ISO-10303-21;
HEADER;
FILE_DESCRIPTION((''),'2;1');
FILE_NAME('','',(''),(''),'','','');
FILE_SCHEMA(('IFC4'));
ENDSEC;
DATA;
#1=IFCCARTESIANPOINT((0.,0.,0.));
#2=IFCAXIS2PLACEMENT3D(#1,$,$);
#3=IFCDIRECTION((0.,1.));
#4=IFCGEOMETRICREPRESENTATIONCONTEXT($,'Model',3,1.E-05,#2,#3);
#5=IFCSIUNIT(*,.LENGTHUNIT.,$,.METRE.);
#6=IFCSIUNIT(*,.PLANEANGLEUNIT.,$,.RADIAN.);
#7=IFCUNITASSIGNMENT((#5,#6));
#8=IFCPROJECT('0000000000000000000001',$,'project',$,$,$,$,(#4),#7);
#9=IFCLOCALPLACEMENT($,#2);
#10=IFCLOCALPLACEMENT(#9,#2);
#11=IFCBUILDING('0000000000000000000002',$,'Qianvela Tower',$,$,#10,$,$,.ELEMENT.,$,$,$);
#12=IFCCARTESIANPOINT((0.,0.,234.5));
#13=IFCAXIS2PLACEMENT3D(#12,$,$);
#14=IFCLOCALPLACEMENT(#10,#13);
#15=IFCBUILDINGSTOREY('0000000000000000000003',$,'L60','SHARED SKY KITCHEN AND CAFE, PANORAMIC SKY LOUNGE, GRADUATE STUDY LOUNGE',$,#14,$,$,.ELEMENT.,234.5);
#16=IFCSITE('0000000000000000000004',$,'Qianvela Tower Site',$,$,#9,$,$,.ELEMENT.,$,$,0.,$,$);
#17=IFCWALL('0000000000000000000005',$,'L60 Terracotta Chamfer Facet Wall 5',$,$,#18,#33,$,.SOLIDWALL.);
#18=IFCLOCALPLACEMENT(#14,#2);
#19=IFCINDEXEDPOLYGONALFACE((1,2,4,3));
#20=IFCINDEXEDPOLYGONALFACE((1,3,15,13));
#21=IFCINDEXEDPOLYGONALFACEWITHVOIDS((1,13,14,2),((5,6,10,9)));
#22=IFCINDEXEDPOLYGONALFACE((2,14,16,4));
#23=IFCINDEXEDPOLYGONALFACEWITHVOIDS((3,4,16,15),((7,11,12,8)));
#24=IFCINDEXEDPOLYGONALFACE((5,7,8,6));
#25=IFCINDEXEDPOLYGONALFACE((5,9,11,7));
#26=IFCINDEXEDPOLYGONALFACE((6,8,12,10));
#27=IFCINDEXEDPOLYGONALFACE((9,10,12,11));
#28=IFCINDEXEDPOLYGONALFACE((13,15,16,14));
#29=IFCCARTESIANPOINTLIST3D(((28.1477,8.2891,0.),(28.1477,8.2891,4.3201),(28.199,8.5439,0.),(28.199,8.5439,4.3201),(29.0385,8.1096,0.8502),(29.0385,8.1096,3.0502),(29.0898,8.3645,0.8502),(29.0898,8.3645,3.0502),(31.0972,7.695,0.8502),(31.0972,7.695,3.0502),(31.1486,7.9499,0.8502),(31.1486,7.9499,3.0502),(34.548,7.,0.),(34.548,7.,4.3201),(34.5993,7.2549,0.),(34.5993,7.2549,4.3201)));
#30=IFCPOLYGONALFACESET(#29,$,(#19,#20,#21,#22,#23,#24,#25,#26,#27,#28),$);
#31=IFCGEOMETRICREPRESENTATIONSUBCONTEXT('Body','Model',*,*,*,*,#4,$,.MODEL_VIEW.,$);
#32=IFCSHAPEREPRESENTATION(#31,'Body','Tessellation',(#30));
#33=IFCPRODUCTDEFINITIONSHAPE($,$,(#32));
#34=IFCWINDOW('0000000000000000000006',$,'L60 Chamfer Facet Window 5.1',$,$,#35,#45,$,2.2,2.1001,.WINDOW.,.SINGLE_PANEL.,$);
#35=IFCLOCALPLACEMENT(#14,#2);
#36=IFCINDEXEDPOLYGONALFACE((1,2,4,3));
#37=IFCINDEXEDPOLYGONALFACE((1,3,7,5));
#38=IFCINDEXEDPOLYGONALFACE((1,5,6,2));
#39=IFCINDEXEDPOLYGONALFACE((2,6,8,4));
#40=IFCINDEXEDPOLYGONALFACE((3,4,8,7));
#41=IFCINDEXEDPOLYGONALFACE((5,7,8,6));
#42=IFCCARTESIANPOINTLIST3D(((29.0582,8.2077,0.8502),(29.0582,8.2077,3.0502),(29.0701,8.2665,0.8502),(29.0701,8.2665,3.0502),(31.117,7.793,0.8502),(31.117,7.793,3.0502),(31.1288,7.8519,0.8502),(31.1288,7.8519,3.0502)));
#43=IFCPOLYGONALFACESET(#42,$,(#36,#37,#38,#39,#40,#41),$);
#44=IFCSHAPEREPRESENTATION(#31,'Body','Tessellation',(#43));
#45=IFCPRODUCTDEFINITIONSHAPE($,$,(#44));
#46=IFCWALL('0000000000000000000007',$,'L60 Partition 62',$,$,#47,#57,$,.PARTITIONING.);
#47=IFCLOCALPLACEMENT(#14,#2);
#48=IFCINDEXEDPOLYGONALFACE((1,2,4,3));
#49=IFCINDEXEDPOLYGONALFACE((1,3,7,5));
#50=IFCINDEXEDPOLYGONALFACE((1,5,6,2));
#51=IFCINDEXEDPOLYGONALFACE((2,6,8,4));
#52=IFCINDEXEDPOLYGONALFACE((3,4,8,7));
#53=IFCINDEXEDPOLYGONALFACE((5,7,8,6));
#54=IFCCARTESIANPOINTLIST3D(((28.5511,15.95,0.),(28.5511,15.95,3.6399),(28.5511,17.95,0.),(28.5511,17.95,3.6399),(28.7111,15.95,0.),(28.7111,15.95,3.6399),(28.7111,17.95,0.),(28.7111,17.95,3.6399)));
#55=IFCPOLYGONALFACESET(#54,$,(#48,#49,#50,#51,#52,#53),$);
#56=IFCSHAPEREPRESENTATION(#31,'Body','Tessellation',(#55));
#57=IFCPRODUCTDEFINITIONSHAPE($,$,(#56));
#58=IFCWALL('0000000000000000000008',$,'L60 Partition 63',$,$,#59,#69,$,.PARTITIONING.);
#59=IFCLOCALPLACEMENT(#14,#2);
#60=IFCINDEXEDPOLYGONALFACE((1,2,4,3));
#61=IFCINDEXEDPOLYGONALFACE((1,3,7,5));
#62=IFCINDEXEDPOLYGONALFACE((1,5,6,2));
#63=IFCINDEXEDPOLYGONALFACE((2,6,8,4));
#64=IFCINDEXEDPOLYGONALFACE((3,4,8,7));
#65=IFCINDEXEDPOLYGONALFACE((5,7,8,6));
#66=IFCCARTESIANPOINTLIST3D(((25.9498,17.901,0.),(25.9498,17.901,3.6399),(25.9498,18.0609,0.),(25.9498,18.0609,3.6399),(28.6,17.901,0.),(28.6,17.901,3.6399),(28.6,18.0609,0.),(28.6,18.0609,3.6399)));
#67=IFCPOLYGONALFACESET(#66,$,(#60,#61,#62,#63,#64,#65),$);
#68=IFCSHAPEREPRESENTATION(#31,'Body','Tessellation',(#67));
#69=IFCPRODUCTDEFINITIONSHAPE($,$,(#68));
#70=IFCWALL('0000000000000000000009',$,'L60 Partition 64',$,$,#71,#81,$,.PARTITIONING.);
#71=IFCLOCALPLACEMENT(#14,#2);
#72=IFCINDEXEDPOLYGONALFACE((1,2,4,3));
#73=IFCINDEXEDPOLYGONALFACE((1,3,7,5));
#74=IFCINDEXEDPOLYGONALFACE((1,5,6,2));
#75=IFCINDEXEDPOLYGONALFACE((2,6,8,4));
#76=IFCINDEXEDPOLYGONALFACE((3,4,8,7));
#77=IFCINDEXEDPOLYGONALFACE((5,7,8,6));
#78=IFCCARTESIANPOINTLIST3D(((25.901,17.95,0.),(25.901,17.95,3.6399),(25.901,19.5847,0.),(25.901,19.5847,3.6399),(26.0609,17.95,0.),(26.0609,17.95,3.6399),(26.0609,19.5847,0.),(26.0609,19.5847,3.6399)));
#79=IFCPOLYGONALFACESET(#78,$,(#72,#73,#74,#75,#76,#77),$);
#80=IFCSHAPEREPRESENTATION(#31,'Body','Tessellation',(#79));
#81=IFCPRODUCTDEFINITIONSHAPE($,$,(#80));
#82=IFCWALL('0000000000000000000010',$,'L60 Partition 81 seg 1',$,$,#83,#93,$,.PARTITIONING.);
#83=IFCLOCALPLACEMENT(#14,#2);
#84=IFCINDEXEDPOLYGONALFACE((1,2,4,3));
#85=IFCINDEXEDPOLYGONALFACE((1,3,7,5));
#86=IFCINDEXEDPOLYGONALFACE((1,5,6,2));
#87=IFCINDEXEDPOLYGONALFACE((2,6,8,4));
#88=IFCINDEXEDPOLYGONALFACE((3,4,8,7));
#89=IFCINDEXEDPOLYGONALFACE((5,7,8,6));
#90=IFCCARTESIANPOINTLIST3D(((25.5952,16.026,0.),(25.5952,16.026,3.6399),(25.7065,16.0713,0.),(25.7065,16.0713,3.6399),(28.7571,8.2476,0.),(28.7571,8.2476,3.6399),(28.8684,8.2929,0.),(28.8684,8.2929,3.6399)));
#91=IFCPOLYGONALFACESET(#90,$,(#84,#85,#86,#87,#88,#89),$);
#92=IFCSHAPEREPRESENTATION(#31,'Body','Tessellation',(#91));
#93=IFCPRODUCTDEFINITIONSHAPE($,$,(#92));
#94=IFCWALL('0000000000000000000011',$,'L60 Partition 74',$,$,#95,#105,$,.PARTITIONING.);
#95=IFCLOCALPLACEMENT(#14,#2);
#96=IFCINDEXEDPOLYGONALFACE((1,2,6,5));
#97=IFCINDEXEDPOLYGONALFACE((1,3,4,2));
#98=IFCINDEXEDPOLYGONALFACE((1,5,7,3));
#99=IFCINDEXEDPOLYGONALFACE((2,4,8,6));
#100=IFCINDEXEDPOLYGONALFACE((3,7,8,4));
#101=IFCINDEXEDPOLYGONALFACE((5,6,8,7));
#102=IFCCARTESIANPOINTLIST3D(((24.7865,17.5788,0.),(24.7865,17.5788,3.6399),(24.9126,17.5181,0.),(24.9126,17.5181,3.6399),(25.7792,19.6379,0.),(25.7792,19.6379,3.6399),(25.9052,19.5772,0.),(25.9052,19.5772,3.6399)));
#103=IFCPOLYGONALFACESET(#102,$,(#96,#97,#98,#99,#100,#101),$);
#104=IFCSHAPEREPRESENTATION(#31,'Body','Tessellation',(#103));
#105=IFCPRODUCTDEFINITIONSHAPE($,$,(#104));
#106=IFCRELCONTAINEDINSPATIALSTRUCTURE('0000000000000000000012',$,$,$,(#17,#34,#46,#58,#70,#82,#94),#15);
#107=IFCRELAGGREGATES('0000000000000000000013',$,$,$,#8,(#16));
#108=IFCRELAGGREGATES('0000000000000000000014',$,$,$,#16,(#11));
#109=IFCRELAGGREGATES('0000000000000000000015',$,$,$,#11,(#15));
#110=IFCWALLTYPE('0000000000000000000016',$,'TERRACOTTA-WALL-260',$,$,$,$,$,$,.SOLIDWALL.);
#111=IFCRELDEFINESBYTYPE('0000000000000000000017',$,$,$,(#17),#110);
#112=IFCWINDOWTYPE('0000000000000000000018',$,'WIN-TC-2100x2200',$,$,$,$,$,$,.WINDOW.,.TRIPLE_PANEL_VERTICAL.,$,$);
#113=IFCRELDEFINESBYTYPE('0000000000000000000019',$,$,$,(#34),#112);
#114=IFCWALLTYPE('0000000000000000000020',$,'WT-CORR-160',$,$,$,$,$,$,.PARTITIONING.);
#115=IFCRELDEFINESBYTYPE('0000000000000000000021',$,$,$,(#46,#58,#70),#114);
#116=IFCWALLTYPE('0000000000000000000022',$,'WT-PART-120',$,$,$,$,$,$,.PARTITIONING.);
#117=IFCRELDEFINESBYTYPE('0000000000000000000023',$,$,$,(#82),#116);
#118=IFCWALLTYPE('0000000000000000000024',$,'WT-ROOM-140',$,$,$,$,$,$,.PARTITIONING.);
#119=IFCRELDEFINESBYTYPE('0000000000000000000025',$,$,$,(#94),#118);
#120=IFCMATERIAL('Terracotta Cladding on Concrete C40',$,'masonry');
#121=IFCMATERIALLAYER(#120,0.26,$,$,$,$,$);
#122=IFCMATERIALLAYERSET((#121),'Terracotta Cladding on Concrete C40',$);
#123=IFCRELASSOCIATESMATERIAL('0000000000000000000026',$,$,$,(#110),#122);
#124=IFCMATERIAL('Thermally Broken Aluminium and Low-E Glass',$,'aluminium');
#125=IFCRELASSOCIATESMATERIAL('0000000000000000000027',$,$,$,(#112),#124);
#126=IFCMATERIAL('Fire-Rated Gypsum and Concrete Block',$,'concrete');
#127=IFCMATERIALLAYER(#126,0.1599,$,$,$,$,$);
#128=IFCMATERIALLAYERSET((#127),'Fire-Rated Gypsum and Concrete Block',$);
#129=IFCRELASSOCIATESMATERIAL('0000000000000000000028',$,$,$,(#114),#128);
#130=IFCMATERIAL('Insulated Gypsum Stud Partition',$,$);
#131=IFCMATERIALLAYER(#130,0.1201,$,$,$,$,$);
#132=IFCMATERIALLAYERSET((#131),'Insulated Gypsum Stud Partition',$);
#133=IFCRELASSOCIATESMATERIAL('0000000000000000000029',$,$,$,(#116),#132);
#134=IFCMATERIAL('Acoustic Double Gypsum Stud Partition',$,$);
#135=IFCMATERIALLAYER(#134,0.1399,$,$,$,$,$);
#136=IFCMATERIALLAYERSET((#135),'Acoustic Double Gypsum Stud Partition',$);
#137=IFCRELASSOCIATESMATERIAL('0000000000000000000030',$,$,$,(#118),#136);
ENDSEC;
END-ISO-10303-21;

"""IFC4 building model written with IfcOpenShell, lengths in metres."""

from ifc_helpers import new_model, si_unit, direction, frame, frame_2d, origin, place, context, subcontext, project, spatial, rectangle, extrude, material, layer, layer_set, type_object, element, fill, save


model = new_model("IFC4")

# Units and contexts
model_context = context("Model", 3, precision=1e-05, world=origin(), true_north=direction((0.0, 1.0)))
body_context = subcontext(model_context, "Body", "Model", "MODEL_VIEW")
ifc_project = project(units=[si_unit("LENGTHUNIT", "METRE"), si_unit("PLANEANGLEUNIT", "RADIAN")], contexts=[model_context])

# Site, building, storey
site_placement = place(None, origin())
site = spatial("IfcSite", under=ifc_project, at=site_placement, Name="Qianvela Tower Site", CompositionType="ELEMENT", RefElevation=0.0)
building_placement = place(site_placement, origin())
building = spatial("IfcBuilding", under=site, at=building_placement, Name="Qianvela Tower", CompositionType="ELEMENT")
storey_placement = place(building_placement, frame((0.0, 0.0, 234.5)))
storey = spatial("IfcBuildingStorey", under=building, at=storey_placement, Name="L60", Description="SHARED SKY KITCHEN AND CAFE, PANORAMIC SKY LOUNGE, GRADUATE STUDY LOUNGE", CompositionType="ELEMENT", Elevation=234.5)

# Wall, opening, window
ifc_material_1 = material(Name="Terracotta Cladding on Concrete C40", Category="masonry")
ifc_layer_1 = layer(ifc_material_1, 0.26)
ifc_layer_set_1 = layer_set([ifc_layer_1], Name="Terracotta Cladding on Concrete C40")
wall_type_1 = type_object("IfcWallType", Name="TERRACOTTA-WALL-260", PredefinedType="SOLIDWALL", material=ifc_layer_set_1)
wall_1_placement = place(storey_placement, frame((28.1733, 8.4165, 0.0), z_axis=(0.0, 0.0, 1.0), x_axis=(0.980315, -0.197439, 0.0)))
wall_1 = element("IfcWall", 1, at=wall_1_placement, inside=storey, type_object=wall_type_1, Name="L60 Terracotta Chamfer Facet Wall 5", PredefinedType="SOLIDWALL", context=body_context, shape_type="SweptSolid", body=[
    extrude(rectangle(XDim=6.5288, YDim=0.26, at=frame_2d((3.2644, 0.0))), origin(), (0.0, 0.0, 1.0), 4.3201),
])
opening_placement = place(wall_1_placement, frame((0.9087, 0.0, 0.8501)))
opening = element("IfcOpeningElement", 2, at=opening_placement, cuts=wall_1, PredefinedType="OPENING", context=body_context, shape_type="SweptSolid", body=[
    extrude(rectangle(XDim=2.1001, YDim=2.2, at=frame_2d((1.05, 1.1001))), frame((0.0, 0.1399, 0.0), z_axis=(0.0, -1.0, 0.0), x_axis=(1.0, 0.0, 0.0)), (0.0, 0.0, 1.0), 0.28),
])
ifc_material_2 = material(Name="Thermally Broken Aluminium and Low-E Glass", Category="aluminium")
window_type = type_object("IfcWindowType", Name="WIN-TC-2100x2200", PartitioningType="TRIPLE_PANEL_VERTICAL", PredefinedType="WINDOW", material=ifc_material_2)
window_placement = place(opening_placement, origin())
window = element("IfcWindow", 3, at=window_placement, inside=storey, type_object=window_type, Name="L60 Chamfer Facet Window 5.1", OverallHeight=2.2, OverallWidth=2.1001, PartitioningType="SINGLE_PANEL", PredefinedType="WINDOW", context=body_context, shape_type="SweptSolid", body=[
    extrude(rectangle(XDim=2.1001, YDim=2.2, at=frame_2d((1.05, 1.1001))), frame((0.0, 0.03, 0.0), z_axis=(0.0, -1.0, 0.0), x_axis=(1.0, 0.0, 0.0)), (0.0, 0.0, 1.0), 0.0601),
])
fill(opening, window)

# Walls
ifc_material_3 = material(Name="Fire-Rated Gypsum and Concrete Block", Category="concrete")
ifc_layer_2 = layer(ifc_material_3, 0.1599)
ifc_layer_set_2 = layer_set([ifc_layer_2], Name="Fire-Rated Gypsum and Concrete Block")
wall_type_2 = type_object("IfcWallType", Name="WT-CORR-160", PredefinedType="PARTITIONING", material=ifc_layer_set_2)
wall_2_placement = place(storey_placement, frame((28.6311, 15.95, 0.0), z_axis=(0.0, 0.0, 1.0), x_axis=(0.0, 1.0, 0.0)))
element("IfcWall", 4, at=wall_2_placement, inside=storey, type_object=wall_type_2, Name="L60 Partition 62", PredefinedType="PARTITIONING", context=body_context, shape_type="SweptSolid", body=[
    extrude(rectangle(XDim=2.0, YDim=0.1599, at=frame_2d((1.0, 0.0))), origin(), (0.0, 0.0, 1.0), 3.6399),
])
wall_3_placement = place(storey_placement, frame((28.6001, 17.981, 0.0), z_axis=(0.0, 0.0, 1.0), x_axis=(-1.0, 0.0, 0.0)))
element("IfcWall", 5, at=wall_3_placement, inside=storey, type_object=wall_type_2, Name="L60 Partition 63", PredefinedType="PARTITIONING", context=body_context, shape_type="SweptSolid", body=[
    extrude(rectangle(XDim=2.6501, YDim=0.1599, at=frame_2d((1.3252, 0.0))), origin(), (0.0, 0.0, 1.0), 3.6399),
])
wall_4_placement = place(storey_placement, frame((25.981, 17.95, 0.0), z_axis=(0.0, 0.0, 1.0), x_axis=(0.0, 1.0, 0.0)))
element("IfcWall", 6, at=wall_4_placement, inside=storey, type_object=wall_type_2, Name="L60 Partition 64", PredefinedType="PARTITIONING", context=body_context, shape_type="SweptSolid", body=[
    extrude(rectangle(XDim=1.6348, YDim=0.1599, at=frame_2d((0.8174, 0.0))), origin(), (0.0, 0.0, 1.0), 3.6399),
])
ifc_material_4 = material(Name="Insulated Gypsum Stud Partition")
ifc_layer_3 = layer(ifc_material_4, 0.1201)
ifc_layer_set_3 = layer_set([ifc_layer_3], Name="Insulated Gypsum Stud Partition")
wall_type_3 = type_object("IfcWallType", Name="WT-PART-120", PredefinedType="PARTITIONING", material=ifc_layer_set_3)
wall_5_placement = place(storey_placement, frame((28.8127, 8.2703, 0.0), z_axis=(0.0, 0.0, 1.0), x_axis=(-0.376574, 0.926387, 0.0)))
element("IfcWall", 7, at=wall_5_placement, inside=storey, type_object=wall_type_3, Name="L60 Partition 81 seg 1", PredefinedType="PARTITIONING", context=body_context, shape_type="SweptSolid", body=[
    extrude(rectangle(XDim=8.3965, YDim=0.1201, at=frame_2d((4.1982, 0.0))), origin(), (0.0, 0.0, 1.0), 3.6399),
])
ifc_material_5 = material(Name="Acoustic Double Gypsum Stud Partition")
ifc_layer_4 = layer(ifc_material_5, 0.1399)
ifc_layer_set_4 = layer_set([ifc_layer_4], Name="Acoustic Double Gypsum Stud Partition")
wall_type_4 = type_object("IfcWallType", Name="WT-ROOM-140", PredefinedType="PARTITIONING", material=ifc_layer_set_4)
wall_6_placement = place(storey_placement, frame((25.8423, 19.6077, 0.0), z_axis=(0.0, 0.0, 1.0), x_axis=(-0.434265, -0.900785, 0.0)))
element("IfcWall", 8, at=wall_6_placement, inside=storey, type_object=wall_type_4, Name="L60 Partition 74", PredefinedType="PARTITIONING", context=body_context, shape_type="SweptSolid", body=[
    extrude(rectangle(XDim=2.2859, YDim=0.1399, at=frame_2d((1.1431, 0.0))), origin(), (0.0, 0.0, 1.0), 3.6399),
])

save(model, "model.ifc")
